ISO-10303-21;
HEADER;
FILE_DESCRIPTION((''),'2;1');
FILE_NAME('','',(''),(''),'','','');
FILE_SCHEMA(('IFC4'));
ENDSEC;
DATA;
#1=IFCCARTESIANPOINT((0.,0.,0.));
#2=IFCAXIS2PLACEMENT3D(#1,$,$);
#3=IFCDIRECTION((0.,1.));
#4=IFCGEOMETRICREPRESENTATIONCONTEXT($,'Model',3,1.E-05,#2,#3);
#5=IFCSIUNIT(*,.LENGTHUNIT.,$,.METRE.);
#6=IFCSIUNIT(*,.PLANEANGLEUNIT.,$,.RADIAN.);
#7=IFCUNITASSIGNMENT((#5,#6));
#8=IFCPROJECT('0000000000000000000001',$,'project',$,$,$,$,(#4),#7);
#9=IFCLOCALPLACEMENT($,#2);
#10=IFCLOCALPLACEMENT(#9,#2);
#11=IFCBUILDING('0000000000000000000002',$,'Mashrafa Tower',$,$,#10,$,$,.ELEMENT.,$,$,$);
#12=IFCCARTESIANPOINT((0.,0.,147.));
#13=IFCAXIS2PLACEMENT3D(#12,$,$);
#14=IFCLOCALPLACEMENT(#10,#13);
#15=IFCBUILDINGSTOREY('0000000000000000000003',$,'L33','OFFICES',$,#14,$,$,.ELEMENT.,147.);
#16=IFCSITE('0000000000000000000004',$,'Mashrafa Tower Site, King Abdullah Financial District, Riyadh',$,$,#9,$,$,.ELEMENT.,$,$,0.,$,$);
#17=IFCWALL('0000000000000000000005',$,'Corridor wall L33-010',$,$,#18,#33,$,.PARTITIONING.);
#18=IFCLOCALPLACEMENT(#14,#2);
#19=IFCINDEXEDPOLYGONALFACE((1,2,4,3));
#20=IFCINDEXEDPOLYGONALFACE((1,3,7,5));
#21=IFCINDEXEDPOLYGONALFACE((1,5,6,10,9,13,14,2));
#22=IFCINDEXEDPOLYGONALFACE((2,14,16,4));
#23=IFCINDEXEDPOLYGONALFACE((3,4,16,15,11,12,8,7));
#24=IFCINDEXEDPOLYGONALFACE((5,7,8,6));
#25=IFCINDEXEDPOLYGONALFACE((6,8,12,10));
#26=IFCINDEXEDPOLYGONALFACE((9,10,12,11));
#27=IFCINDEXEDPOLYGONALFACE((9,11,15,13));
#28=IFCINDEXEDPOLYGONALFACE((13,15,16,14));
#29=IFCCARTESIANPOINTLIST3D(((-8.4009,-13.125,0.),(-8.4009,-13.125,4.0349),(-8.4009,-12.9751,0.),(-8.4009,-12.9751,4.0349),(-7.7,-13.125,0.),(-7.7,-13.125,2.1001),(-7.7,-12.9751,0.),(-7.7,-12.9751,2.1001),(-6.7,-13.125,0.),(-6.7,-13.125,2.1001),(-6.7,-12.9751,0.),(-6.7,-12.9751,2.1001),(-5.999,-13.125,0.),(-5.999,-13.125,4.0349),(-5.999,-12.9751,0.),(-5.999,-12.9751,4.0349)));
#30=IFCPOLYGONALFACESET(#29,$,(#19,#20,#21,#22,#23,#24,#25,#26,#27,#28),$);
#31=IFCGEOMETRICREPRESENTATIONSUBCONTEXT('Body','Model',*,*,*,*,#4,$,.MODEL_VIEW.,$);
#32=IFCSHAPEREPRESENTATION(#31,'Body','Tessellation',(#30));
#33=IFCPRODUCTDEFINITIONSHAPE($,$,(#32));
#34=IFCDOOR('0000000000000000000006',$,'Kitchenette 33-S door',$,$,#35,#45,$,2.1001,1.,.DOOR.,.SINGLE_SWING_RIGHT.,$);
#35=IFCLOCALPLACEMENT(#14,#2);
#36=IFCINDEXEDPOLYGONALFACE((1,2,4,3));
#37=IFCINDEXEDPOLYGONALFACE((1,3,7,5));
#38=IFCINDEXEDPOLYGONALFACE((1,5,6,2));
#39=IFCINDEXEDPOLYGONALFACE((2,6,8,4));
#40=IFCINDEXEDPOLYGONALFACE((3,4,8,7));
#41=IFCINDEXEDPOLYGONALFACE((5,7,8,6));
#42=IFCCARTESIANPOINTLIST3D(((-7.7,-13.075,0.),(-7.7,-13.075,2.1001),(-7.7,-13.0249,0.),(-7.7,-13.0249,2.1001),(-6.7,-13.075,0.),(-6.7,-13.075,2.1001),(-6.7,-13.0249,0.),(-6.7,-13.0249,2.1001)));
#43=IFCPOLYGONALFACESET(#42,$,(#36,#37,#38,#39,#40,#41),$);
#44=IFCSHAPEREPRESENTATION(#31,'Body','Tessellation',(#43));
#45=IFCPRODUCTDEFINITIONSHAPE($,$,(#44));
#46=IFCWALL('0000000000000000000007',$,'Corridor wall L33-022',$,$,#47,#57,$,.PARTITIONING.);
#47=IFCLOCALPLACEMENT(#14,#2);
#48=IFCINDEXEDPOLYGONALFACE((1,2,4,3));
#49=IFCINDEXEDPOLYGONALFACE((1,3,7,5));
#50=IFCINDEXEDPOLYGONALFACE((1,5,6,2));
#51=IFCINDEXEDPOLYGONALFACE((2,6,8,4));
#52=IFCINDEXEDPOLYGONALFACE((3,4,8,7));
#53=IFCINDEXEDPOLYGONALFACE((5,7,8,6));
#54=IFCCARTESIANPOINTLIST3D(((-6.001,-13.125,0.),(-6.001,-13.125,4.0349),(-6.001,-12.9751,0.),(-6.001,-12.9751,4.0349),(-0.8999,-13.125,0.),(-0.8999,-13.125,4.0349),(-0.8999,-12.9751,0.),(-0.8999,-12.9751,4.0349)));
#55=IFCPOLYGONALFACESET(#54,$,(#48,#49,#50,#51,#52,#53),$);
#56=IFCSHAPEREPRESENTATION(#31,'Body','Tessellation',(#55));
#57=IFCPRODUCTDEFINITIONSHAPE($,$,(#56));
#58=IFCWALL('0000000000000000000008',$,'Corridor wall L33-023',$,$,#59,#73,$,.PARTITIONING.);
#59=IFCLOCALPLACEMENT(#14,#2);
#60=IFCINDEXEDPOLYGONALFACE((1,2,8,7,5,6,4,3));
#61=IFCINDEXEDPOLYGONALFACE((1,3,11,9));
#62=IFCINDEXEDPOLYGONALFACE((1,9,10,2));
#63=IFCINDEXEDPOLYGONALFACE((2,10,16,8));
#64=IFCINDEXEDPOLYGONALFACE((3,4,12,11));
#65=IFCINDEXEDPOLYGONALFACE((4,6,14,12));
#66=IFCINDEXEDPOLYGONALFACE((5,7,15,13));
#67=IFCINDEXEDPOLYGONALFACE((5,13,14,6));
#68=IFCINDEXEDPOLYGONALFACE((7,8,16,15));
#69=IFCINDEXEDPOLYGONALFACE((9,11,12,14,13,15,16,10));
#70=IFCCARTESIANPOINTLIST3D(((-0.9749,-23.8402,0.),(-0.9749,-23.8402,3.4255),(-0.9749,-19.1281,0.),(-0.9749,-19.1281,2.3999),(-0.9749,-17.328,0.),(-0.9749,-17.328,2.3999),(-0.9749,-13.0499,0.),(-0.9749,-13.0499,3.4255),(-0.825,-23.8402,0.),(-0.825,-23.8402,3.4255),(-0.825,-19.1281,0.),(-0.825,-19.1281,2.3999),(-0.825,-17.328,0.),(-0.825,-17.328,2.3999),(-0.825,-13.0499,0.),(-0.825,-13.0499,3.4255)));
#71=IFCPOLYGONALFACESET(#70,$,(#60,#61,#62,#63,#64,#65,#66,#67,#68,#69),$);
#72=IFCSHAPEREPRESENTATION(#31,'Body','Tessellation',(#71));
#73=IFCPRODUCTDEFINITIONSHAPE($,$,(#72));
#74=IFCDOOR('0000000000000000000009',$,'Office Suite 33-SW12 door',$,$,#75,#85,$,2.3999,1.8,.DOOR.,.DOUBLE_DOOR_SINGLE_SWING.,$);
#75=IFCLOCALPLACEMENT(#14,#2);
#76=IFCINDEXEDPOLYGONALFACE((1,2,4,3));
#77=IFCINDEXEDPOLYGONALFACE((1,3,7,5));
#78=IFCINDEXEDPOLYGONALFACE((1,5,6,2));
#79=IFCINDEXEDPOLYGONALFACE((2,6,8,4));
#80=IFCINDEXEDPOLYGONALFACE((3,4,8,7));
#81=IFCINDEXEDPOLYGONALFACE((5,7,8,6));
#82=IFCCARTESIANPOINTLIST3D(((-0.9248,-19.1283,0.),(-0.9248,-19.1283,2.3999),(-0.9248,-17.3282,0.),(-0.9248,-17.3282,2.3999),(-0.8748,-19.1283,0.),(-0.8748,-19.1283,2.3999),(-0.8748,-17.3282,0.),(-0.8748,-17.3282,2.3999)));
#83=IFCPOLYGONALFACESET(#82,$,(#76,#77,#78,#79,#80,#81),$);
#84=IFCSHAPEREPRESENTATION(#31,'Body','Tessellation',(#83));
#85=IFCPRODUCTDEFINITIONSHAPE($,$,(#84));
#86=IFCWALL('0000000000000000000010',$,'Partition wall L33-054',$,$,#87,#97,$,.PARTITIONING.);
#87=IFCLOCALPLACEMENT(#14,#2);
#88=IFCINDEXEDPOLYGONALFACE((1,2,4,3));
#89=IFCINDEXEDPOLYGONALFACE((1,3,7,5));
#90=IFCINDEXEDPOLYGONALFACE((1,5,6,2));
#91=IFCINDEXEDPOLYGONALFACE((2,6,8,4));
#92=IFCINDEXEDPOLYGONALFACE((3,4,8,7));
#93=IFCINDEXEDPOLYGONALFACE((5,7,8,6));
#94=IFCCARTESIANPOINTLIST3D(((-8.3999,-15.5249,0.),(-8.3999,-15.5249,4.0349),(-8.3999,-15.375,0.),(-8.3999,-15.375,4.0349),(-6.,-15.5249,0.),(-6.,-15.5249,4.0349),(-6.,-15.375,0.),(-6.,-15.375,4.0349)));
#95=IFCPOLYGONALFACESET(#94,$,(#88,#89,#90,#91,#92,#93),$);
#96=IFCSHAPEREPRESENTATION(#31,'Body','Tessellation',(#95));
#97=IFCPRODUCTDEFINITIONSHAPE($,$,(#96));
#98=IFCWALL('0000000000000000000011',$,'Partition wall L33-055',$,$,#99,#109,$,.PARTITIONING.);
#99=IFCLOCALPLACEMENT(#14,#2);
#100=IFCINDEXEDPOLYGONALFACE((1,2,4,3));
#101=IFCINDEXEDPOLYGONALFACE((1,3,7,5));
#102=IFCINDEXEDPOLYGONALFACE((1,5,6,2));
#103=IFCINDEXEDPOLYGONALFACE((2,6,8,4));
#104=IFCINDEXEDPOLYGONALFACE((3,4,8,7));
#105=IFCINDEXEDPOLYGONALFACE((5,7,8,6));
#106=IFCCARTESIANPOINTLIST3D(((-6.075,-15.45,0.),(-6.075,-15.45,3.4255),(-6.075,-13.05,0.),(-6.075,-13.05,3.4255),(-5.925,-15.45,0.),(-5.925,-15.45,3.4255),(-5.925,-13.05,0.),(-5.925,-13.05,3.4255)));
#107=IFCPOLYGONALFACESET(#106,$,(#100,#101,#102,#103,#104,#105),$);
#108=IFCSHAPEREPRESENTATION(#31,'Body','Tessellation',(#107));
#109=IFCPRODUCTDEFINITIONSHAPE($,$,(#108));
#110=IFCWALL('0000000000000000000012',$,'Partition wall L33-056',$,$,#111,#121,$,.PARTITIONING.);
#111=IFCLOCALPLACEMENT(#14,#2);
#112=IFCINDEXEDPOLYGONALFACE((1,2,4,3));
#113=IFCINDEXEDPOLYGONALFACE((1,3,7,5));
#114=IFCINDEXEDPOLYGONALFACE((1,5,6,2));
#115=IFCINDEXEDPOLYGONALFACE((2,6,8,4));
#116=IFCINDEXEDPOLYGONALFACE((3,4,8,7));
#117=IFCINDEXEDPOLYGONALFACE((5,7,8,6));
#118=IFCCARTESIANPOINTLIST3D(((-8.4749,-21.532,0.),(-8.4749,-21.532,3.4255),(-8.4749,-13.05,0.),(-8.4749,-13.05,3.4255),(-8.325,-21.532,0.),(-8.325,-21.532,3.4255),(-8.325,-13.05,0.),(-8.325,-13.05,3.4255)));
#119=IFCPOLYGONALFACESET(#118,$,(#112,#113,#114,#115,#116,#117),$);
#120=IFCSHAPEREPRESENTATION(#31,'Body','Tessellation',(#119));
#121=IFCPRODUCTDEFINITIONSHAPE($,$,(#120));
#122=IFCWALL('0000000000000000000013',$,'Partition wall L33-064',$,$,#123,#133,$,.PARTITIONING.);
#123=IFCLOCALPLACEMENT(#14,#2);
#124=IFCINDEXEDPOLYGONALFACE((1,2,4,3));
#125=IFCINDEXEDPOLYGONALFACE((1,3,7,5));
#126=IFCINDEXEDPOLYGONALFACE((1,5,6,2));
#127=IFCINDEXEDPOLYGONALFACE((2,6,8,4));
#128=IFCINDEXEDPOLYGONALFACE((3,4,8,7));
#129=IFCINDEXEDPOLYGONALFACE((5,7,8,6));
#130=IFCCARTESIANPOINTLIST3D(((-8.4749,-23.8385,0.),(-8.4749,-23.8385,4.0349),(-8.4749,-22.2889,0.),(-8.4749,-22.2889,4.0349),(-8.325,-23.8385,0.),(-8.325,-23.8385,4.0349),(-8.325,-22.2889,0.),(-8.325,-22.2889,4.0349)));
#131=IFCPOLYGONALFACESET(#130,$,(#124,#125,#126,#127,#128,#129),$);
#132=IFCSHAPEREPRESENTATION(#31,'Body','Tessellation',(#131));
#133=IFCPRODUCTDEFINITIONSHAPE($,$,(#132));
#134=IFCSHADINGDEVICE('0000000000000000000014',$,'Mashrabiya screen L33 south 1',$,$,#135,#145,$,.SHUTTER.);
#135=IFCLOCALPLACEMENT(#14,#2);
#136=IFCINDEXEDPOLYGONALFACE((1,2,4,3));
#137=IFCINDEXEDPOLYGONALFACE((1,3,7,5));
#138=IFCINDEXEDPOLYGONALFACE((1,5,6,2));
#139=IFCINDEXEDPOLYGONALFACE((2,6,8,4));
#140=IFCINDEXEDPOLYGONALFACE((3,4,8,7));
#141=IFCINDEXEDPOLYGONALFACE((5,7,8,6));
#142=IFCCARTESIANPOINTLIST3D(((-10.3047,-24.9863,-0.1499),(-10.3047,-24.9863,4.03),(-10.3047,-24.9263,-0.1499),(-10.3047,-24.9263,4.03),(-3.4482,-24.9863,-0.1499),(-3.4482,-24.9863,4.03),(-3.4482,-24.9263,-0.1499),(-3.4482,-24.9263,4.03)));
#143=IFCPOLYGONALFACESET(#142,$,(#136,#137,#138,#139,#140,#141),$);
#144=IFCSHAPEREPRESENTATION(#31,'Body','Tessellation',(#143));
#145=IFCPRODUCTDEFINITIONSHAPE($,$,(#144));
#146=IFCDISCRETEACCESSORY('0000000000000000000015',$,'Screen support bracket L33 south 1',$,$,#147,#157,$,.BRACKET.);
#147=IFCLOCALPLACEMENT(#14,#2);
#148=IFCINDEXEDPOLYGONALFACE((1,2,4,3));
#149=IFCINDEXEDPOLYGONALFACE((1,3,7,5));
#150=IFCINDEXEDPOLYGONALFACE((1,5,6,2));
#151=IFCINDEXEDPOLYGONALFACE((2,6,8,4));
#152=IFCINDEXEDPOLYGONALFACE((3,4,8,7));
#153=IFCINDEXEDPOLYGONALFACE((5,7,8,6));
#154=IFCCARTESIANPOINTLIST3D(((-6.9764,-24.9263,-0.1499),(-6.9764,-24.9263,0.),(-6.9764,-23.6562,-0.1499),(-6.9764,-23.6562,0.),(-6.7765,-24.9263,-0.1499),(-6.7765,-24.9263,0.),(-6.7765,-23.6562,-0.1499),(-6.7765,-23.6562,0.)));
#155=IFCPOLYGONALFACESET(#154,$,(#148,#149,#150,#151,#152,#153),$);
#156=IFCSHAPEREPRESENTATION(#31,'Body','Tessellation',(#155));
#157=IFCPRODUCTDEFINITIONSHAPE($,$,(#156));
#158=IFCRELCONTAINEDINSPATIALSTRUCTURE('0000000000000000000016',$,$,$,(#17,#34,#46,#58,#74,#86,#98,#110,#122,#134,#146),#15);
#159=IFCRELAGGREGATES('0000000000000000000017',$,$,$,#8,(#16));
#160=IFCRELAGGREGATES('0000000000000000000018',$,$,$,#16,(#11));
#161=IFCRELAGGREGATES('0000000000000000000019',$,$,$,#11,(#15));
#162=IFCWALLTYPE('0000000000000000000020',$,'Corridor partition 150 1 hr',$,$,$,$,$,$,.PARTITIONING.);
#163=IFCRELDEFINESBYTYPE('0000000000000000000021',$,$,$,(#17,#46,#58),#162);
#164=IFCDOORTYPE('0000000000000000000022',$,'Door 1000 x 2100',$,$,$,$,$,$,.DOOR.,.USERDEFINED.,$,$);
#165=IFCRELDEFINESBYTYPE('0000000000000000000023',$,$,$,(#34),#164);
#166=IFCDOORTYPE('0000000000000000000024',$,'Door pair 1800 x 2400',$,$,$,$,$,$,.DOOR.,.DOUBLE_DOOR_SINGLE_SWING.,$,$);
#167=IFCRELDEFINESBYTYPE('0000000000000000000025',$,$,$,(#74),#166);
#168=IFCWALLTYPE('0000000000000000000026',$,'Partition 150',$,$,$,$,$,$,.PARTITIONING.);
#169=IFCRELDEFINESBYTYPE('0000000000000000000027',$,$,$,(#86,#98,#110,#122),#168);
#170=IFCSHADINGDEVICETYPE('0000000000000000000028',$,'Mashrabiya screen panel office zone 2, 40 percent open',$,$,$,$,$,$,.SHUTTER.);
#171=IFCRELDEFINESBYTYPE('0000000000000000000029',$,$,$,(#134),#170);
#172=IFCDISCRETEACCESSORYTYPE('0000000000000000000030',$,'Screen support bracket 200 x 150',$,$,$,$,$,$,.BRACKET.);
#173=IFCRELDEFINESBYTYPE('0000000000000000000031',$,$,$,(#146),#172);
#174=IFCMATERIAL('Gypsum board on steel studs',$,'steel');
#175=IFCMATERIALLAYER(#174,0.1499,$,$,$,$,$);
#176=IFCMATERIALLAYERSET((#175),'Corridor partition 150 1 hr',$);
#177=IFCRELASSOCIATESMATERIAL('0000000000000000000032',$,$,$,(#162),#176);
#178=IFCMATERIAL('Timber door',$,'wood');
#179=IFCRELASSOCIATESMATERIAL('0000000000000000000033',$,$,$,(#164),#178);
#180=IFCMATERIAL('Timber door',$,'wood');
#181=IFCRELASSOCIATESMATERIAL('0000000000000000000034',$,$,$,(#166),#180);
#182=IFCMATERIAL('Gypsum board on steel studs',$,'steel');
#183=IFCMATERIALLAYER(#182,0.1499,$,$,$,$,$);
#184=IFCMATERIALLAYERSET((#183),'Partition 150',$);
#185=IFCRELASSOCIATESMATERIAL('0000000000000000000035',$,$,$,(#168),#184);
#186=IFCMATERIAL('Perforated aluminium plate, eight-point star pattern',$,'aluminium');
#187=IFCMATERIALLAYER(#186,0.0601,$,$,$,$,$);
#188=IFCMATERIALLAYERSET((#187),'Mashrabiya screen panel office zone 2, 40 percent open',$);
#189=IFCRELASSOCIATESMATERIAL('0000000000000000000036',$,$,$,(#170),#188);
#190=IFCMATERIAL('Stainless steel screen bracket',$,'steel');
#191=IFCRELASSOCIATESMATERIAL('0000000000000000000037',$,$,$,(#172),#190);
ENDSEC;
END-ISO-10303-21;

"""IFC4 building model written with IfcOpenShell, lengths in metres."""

from ifc_helpers import new_model, si_unit, direction, frame, frame_2d, origin, origin_2d, place, context, subcontext, project, spatial, rectangle, extrude, source, transform, mapped, material, layer, layer_set, type_object, type_shapes, element, fill, save


model = new_model("IFC4")

# Units and contexts
model_context = context("Model", 3, precision=1e-05, world=origin(), true_north=direction((0.0, 1.0)))
body_context = subcontext(model_context, "Body", "Model", "MODEL_VIEW")
ifc_project = project(units=[si_unit("LENGTHUNIT", "METRE"), si_unit("PLANEANGLEUNIT", "RADIAN")], contexts=[model_context])

# Site, building, storey
site_placement = place(None, origin())
site = spatial("IfcSite", under=ifc_project, at=site_placement, Name="Mashrafa Tower Site, King Abdullah Financial District, Riyadh", CompositionType="ELEMENT", RefElevation=0.0)
building_placement = place(site_placement, origin())
building = spatial("IfcBuilding", under=site, at=building_placement, Name="Mashrafa Tower", CompositionType="ELEMENT")
storey_placement = place(building_placement, frame((0.0, 0.0, 147.0)))
storey = spatial("IfcBuildingStorey", under=building, at=storey_placement, Name="L33", Description="OFFICES", CompositionType="ELEMENT", Elevation=147.0)

# Wall, opening, door
ifc_material_1 = material(Name="Gypsum board on steel studs", Category="steel")
ifc_layer_1 = layer(ifc_material_1, 0.1499)
ifc_layer_set_1 = layer_set([ifc_layer_1], Name="Corridor partition 150 1 hr")
wall_type_1 = type_object("IfcWallType", Name="Corridor partition 150 1 hr", PredefinedType="PARTITIONING", material=ifc_layer_set_1)
wall_1_placement = place(storey_placement, frame((-8.4009, -13.05, 0.0), z_axis=(0.0, 0.0, 1.0), x_axis=(1.0, 0.0, 0.0)))
wall_1 = element("IfcWall", 1, at=wall_1_placement, inside=storey, type_object=wall_type_1, Name="Corridor wall L33-010", PredefinedType="PARTITIONING", context=body_context, shape_type="SweptSolid", body=[
    extrude(rectangle(XDim=2.4019, YDim=0.1499, at=frame_2d((1.2009, 0.0))), origin(), (0.0, 0.0, 1.0), 4.0349),
])
opening_1_placement = place(wall_1_placement, frame((0.7009, 0.0, 0.0)))
opening_1 = element("IfcOpeningElement", 2, at=opening_1_placement, cuts=wall_1, PredefinedType="OPENING", context=body_context, shape_type="SweptSolid", body=[
    extrude(rectangle(XDim=1.0, YDim=2.1001, at=frame_2d((0.5, 1.05))), frame((0.0, 0.085, 0.0), z_axis=(0.0, -1.0, 0.0), x_axis=(1.0, 0.0, 0.0)), (0.0, 0.0, 1.0), 0.1699),
])
ifc_material_2 = material(Name="Timber door", Category="wood")
door_type_1 = type_object("IfcDoorType", Name="Door 1000 x 2100", OperationType="USERDEFINED", PredefinedType="DOOR", material=ifc_material_2)
door_1_placement = place(opening_1_placement, frame((1.0, 0.0, 0.0), z_axis=(0.0, 0.0, 1.0), x_axis=(-1.0, 0.0, 0.0)))
door_1 = element("IfcDoor", 3, at=door_1_placement, inside=storey, type_object=door_type_1, Name="Kitchenette 33-S door", OperationType="SINGLE_SWING_RIGHT", OverallHeight=2.1001, OverallWidth=1.0, PredefinedType="DOOR", context=body_context, shape_type="SweptSolid", body=[
    extrude(rectangle(XDim=1.0, YDim=2.1001, at=frame_2d((0.5, 1.05))), frame((0.0, 0.0249, 0.0), z_axis=(0.0, -1.0, 0.0), x_axis=(1.0, 0.0, 0.0)), (0.0, 0.0, 1.0), 0.05),
])
fill(opening_1, door_1)

# Wall
wall_2_placement = place(storey_placement, frame((-6.001, -13.05, 0.0), z_axis=(0.0, 0.0, 1.0), x_axis=(1.0, 0.0, 0.0)))
element("IfcWall", 4, at=wall_2_placement, inside=storey, type_object=wall_type_1, Name="Corridor wall L33-022", PredefinedType="PARTITIONING", context=body_context, shape_type="SweptSolid", body=[
    extrude(rectangle(XDim=5.1011, YDim=0.1499, at=frame_2d((2.5505, 0.0))), origin(), (0.0, 0.0, 1.0), 4.0349),
])

# Wall, opening, door
wall_3_placement = place(storey_placement, frame((-0.8999, -13.05, 0.0), z_axis=(0.0, 0.0, 1.0), x_axis=(0.0, -1.0, 0.0)))
wall_3 = element("IfcWall", 5, at=wall_3_placement, inside=storey, type_object=wall_type_1, Name="Corridor wall L33-023", PredefinedType="PARTITIONING", context=body_context, shape_type="SweptSolid", body=[
    extrude(rectangle(XDim=10.7903, YDim=0.1499, at=frame_2d((5.395, 0.0))), origin(), (0.0, 0.0, 1.0), 3.4255),
])
opening_2_placement = place(wall_3_placement, frame((4.2781, 0.0, 0.0)))
opening_2 = element("IfcOpeningElement", 6, at=opening_2_placement, cuts=wall_3, PredefinedType="OPENING", context=body_context, shape_type="SweptSolid", body=[
    extrude(rectangle(XDim=1.8, YDim=2.3999, at=frame_2d((0.8999, 1.2))), frame((0.0, 0.085, 0.0), z_axis=(0.0, -1.0, 0.0), x_axis=(1.0, 0.0, 0.0)), (0.0, 0.0, 1.0), 0.1699),
])
ifc_material_3 = material(Name="Timber door", Category="wood")
door_type_2 = type_object("IfcDoorType", Name="Door pair 1800 x 2400", OperationType="DOUBLE_DOOR_SINGLE_SWING", PredefinedType="DOOR", material=ifc_material_3)
door_2_placement = place(opening_2_placement, frame((1.8, 0.0, 0.0), z_axis=(0.0, 0.0, 1.0), x_axis=(-1.0, 0.0, 0.0)))
door_2 = element("IfcDoor", 7, at=door_2_placement, inside=storey, type_object=door_type_2, Name="Office Suite 33-SW12 door", OperationType="DOUBLE_DOOR_SINGLE_SWING", OverallHeight=2.3999, OverallWidth=1.8, PredefinedType="DOOR", context=body_context, shape_type="SweptSolid", body=[
    extrude(rectangle(XDim=1.8, YDim=2.3999, at=frame_2d((0.8999, 1.2))), frame((0.0, 0.0249, 0.0), z_axis=(0.0, -1.0, 0.0), x_axis=(1.0, 0.0, 0.0)), (0.0, 0.0, 1.0), 0.05),
])
fill(opening_2, door_2)

# Walls
ifc_material_4 = material(Name="Gypsum board on steel studs", Category="steel")
ifc_layer_2 = layer(ifc_material_4, 0.1499)
ifc_layer_set_2 = layer_set([ifc_layer_2], Name="Partition 150")
wall_type_2 = type_object("IfcWallType", Name="Partition 150", PredefinedType="PARTITIONING", material=ifc_layer_set_2)
wall_4_placement = place(storey_placement, frame((-8.3999, -15.45, 0.0), z_axis=(0.0, 0.0, 1.0), x_axis=(1.0, 0.0, 0.0)))
element("IfcWall", 8, at=wall_4_placement, inside=storey, type_object=wall_type_2, Name="Partition wall L33-054", PredefinedType="PARTITIONING", context=body_context, shape_type="SweptSolid", body=[
    extrude(rectangle(XDim=2.3999, YDim=0.1499, at=frame_2d((1.2, 0.0))), origin(), (0.0, 0.0, 1.0), 4.0349),
])
wall_5_placement = place(storey_placement, frame((-6.0, -15.45, 0.0), z_axis=(0.0, 0.0, 1.0), x_axis=(0.0, 1.0, 0.0)))
element("IfcWall", 9, at=wall_5_placement, inside=storey, type_object=wall_type_2, Name="Partition wall L33-055", PredefinedType="PARTITIONING", context=body_context, shape_type="SweptSolid", body=[
    extrude(rectangle(XDim=2.3999, YDim=0.1499, at=frame_2d((1.2, 0.0))), origin(), (0.0, 0.0, 1.0), 3.4255),
])
wall_6_placement = place(storey_placement, frame((-8.3999, -13.05, 0.0), z_axis=(0.0, 0.0, 1.0), x_axis=(0.0, -1.0, 0.0)))
element("IfcWall", 10, at=wall_6_placement, inside=storey, type_object=wall_type_2, Name="Partition wall L33-056", PredefinedType="PARTITIONING", context=body_context, shape_type="SweptSolid", body=[
    extrude(rectangle(XDim=8.4819, YDim=0.1499, at=frame_2d((4.241, 0.0))), origin(), (0.0, 0.0, 1.0), 3.4255),
])
wall_7_placement = place(storey_placement, frame((-8.3999, -22.2888, 0.0), z_axis=(0.0, 0.0, 1.0), x_axis=(0.0, -1.0, 0.0)))
element("IfcWall", 11, at=wall_7_placement, inside=storey, type_object=wall_type_2, Name="Partition wall L33-064", PredefinedType="PARTITIONING", context=body_context, shape_type="SweptSolid", body=[
    extrude(rectangle(XDim=1.5496, YDim=0.1499, at=frame_2d((0.7749, 0.0))), origin(), (0.0, 0.0, 1.0), 4.0349),
])

# Shading device
ifc_material_5 = material(Name="Perforated aluminium plate, eight-point star pattern", Category="aluminium")
ifc_layer_3 = layer(ifc_material_5, 0.0601)
ifc_layer_set_3 = layer_set([ifc_layer_3], Name="Mashrabiya screen panel office zone 2, 40 percent open")
shading_device_type = type_object("IfcShadingDeviceType", Name="Mashrabiya screen panel office zone 2, 40 percent open", PredefinedType="SHUTTER", material=ifc_layer_set_3)
shared_shape_1 = source(origin(), body_context, "Body", "SweptSolid", [
    extrude(rectangle(XDim=6.8564, YDim=0.0601, at=origin_2d()), origin(), (0.0, 0.0, 1.0), 4.1799),
])
type_shapes(shading_device_type, [shared_shape_1])
shading_device_placement = place(storey_placement, frame((-6.8765, -24.9563, -0.1499), z_axis=(0.0, 0.0, 1.0), x_axis=(1.0, 0.0, 0.0)))
element("IfcShadingDevice", 12, at=shading_device_placement, inside=storey, type_object=shading_device_type, Name="Mashrabiya screen L33 south 1", PredefinedType="SHUTTER", context=body_context, shape_type="MappedRepresentation", body=[
    mapped(shared_shape_1, transform((0.0, 0.0, 0.0))),
])

# Discrete accessory
ifc_material_6 = material(Name="Stainless steel screen bracket", Category="steel")
discrete_accessory_type = type_object("IfcDiscreteAccessoryType", Name="Screen support bracket 200 x 150", PredefinedType="BRACKET", material=ifc_material_6)
shared_shape_2 = source(origin(), body_context, "Body", "SweptSolid", [
    extrude(rectangle(XDim=0.2, YDim=1.27, at=origin_2d()), origin(), (0.0, 0.0, 1.0), 0.1499),
])
type_shapes(discrete_accessory_type, [shared_shape_2])
discrete_accessory_placement = place(storey_placement, frame((-6.8765, -24.2913, -0.1499), z_axis=(0.0, 0.0, 1.0), x_axis=(1.0, 0.0, 0.0)))
element("IfcDiscreteAccessory", 13, at=discrete_accessory_placement, inside=storey, type_object=discrete_accessory_type, Name="Screen support bracket L33 south 1", PredefinedType="BRACKET", context=body_context, shape_type="MappedRepresentation", body=[
    mapped(shared_shape_2, transform((0.0, 0.0, 0.0))),
])

save(model, "model.ifc")
